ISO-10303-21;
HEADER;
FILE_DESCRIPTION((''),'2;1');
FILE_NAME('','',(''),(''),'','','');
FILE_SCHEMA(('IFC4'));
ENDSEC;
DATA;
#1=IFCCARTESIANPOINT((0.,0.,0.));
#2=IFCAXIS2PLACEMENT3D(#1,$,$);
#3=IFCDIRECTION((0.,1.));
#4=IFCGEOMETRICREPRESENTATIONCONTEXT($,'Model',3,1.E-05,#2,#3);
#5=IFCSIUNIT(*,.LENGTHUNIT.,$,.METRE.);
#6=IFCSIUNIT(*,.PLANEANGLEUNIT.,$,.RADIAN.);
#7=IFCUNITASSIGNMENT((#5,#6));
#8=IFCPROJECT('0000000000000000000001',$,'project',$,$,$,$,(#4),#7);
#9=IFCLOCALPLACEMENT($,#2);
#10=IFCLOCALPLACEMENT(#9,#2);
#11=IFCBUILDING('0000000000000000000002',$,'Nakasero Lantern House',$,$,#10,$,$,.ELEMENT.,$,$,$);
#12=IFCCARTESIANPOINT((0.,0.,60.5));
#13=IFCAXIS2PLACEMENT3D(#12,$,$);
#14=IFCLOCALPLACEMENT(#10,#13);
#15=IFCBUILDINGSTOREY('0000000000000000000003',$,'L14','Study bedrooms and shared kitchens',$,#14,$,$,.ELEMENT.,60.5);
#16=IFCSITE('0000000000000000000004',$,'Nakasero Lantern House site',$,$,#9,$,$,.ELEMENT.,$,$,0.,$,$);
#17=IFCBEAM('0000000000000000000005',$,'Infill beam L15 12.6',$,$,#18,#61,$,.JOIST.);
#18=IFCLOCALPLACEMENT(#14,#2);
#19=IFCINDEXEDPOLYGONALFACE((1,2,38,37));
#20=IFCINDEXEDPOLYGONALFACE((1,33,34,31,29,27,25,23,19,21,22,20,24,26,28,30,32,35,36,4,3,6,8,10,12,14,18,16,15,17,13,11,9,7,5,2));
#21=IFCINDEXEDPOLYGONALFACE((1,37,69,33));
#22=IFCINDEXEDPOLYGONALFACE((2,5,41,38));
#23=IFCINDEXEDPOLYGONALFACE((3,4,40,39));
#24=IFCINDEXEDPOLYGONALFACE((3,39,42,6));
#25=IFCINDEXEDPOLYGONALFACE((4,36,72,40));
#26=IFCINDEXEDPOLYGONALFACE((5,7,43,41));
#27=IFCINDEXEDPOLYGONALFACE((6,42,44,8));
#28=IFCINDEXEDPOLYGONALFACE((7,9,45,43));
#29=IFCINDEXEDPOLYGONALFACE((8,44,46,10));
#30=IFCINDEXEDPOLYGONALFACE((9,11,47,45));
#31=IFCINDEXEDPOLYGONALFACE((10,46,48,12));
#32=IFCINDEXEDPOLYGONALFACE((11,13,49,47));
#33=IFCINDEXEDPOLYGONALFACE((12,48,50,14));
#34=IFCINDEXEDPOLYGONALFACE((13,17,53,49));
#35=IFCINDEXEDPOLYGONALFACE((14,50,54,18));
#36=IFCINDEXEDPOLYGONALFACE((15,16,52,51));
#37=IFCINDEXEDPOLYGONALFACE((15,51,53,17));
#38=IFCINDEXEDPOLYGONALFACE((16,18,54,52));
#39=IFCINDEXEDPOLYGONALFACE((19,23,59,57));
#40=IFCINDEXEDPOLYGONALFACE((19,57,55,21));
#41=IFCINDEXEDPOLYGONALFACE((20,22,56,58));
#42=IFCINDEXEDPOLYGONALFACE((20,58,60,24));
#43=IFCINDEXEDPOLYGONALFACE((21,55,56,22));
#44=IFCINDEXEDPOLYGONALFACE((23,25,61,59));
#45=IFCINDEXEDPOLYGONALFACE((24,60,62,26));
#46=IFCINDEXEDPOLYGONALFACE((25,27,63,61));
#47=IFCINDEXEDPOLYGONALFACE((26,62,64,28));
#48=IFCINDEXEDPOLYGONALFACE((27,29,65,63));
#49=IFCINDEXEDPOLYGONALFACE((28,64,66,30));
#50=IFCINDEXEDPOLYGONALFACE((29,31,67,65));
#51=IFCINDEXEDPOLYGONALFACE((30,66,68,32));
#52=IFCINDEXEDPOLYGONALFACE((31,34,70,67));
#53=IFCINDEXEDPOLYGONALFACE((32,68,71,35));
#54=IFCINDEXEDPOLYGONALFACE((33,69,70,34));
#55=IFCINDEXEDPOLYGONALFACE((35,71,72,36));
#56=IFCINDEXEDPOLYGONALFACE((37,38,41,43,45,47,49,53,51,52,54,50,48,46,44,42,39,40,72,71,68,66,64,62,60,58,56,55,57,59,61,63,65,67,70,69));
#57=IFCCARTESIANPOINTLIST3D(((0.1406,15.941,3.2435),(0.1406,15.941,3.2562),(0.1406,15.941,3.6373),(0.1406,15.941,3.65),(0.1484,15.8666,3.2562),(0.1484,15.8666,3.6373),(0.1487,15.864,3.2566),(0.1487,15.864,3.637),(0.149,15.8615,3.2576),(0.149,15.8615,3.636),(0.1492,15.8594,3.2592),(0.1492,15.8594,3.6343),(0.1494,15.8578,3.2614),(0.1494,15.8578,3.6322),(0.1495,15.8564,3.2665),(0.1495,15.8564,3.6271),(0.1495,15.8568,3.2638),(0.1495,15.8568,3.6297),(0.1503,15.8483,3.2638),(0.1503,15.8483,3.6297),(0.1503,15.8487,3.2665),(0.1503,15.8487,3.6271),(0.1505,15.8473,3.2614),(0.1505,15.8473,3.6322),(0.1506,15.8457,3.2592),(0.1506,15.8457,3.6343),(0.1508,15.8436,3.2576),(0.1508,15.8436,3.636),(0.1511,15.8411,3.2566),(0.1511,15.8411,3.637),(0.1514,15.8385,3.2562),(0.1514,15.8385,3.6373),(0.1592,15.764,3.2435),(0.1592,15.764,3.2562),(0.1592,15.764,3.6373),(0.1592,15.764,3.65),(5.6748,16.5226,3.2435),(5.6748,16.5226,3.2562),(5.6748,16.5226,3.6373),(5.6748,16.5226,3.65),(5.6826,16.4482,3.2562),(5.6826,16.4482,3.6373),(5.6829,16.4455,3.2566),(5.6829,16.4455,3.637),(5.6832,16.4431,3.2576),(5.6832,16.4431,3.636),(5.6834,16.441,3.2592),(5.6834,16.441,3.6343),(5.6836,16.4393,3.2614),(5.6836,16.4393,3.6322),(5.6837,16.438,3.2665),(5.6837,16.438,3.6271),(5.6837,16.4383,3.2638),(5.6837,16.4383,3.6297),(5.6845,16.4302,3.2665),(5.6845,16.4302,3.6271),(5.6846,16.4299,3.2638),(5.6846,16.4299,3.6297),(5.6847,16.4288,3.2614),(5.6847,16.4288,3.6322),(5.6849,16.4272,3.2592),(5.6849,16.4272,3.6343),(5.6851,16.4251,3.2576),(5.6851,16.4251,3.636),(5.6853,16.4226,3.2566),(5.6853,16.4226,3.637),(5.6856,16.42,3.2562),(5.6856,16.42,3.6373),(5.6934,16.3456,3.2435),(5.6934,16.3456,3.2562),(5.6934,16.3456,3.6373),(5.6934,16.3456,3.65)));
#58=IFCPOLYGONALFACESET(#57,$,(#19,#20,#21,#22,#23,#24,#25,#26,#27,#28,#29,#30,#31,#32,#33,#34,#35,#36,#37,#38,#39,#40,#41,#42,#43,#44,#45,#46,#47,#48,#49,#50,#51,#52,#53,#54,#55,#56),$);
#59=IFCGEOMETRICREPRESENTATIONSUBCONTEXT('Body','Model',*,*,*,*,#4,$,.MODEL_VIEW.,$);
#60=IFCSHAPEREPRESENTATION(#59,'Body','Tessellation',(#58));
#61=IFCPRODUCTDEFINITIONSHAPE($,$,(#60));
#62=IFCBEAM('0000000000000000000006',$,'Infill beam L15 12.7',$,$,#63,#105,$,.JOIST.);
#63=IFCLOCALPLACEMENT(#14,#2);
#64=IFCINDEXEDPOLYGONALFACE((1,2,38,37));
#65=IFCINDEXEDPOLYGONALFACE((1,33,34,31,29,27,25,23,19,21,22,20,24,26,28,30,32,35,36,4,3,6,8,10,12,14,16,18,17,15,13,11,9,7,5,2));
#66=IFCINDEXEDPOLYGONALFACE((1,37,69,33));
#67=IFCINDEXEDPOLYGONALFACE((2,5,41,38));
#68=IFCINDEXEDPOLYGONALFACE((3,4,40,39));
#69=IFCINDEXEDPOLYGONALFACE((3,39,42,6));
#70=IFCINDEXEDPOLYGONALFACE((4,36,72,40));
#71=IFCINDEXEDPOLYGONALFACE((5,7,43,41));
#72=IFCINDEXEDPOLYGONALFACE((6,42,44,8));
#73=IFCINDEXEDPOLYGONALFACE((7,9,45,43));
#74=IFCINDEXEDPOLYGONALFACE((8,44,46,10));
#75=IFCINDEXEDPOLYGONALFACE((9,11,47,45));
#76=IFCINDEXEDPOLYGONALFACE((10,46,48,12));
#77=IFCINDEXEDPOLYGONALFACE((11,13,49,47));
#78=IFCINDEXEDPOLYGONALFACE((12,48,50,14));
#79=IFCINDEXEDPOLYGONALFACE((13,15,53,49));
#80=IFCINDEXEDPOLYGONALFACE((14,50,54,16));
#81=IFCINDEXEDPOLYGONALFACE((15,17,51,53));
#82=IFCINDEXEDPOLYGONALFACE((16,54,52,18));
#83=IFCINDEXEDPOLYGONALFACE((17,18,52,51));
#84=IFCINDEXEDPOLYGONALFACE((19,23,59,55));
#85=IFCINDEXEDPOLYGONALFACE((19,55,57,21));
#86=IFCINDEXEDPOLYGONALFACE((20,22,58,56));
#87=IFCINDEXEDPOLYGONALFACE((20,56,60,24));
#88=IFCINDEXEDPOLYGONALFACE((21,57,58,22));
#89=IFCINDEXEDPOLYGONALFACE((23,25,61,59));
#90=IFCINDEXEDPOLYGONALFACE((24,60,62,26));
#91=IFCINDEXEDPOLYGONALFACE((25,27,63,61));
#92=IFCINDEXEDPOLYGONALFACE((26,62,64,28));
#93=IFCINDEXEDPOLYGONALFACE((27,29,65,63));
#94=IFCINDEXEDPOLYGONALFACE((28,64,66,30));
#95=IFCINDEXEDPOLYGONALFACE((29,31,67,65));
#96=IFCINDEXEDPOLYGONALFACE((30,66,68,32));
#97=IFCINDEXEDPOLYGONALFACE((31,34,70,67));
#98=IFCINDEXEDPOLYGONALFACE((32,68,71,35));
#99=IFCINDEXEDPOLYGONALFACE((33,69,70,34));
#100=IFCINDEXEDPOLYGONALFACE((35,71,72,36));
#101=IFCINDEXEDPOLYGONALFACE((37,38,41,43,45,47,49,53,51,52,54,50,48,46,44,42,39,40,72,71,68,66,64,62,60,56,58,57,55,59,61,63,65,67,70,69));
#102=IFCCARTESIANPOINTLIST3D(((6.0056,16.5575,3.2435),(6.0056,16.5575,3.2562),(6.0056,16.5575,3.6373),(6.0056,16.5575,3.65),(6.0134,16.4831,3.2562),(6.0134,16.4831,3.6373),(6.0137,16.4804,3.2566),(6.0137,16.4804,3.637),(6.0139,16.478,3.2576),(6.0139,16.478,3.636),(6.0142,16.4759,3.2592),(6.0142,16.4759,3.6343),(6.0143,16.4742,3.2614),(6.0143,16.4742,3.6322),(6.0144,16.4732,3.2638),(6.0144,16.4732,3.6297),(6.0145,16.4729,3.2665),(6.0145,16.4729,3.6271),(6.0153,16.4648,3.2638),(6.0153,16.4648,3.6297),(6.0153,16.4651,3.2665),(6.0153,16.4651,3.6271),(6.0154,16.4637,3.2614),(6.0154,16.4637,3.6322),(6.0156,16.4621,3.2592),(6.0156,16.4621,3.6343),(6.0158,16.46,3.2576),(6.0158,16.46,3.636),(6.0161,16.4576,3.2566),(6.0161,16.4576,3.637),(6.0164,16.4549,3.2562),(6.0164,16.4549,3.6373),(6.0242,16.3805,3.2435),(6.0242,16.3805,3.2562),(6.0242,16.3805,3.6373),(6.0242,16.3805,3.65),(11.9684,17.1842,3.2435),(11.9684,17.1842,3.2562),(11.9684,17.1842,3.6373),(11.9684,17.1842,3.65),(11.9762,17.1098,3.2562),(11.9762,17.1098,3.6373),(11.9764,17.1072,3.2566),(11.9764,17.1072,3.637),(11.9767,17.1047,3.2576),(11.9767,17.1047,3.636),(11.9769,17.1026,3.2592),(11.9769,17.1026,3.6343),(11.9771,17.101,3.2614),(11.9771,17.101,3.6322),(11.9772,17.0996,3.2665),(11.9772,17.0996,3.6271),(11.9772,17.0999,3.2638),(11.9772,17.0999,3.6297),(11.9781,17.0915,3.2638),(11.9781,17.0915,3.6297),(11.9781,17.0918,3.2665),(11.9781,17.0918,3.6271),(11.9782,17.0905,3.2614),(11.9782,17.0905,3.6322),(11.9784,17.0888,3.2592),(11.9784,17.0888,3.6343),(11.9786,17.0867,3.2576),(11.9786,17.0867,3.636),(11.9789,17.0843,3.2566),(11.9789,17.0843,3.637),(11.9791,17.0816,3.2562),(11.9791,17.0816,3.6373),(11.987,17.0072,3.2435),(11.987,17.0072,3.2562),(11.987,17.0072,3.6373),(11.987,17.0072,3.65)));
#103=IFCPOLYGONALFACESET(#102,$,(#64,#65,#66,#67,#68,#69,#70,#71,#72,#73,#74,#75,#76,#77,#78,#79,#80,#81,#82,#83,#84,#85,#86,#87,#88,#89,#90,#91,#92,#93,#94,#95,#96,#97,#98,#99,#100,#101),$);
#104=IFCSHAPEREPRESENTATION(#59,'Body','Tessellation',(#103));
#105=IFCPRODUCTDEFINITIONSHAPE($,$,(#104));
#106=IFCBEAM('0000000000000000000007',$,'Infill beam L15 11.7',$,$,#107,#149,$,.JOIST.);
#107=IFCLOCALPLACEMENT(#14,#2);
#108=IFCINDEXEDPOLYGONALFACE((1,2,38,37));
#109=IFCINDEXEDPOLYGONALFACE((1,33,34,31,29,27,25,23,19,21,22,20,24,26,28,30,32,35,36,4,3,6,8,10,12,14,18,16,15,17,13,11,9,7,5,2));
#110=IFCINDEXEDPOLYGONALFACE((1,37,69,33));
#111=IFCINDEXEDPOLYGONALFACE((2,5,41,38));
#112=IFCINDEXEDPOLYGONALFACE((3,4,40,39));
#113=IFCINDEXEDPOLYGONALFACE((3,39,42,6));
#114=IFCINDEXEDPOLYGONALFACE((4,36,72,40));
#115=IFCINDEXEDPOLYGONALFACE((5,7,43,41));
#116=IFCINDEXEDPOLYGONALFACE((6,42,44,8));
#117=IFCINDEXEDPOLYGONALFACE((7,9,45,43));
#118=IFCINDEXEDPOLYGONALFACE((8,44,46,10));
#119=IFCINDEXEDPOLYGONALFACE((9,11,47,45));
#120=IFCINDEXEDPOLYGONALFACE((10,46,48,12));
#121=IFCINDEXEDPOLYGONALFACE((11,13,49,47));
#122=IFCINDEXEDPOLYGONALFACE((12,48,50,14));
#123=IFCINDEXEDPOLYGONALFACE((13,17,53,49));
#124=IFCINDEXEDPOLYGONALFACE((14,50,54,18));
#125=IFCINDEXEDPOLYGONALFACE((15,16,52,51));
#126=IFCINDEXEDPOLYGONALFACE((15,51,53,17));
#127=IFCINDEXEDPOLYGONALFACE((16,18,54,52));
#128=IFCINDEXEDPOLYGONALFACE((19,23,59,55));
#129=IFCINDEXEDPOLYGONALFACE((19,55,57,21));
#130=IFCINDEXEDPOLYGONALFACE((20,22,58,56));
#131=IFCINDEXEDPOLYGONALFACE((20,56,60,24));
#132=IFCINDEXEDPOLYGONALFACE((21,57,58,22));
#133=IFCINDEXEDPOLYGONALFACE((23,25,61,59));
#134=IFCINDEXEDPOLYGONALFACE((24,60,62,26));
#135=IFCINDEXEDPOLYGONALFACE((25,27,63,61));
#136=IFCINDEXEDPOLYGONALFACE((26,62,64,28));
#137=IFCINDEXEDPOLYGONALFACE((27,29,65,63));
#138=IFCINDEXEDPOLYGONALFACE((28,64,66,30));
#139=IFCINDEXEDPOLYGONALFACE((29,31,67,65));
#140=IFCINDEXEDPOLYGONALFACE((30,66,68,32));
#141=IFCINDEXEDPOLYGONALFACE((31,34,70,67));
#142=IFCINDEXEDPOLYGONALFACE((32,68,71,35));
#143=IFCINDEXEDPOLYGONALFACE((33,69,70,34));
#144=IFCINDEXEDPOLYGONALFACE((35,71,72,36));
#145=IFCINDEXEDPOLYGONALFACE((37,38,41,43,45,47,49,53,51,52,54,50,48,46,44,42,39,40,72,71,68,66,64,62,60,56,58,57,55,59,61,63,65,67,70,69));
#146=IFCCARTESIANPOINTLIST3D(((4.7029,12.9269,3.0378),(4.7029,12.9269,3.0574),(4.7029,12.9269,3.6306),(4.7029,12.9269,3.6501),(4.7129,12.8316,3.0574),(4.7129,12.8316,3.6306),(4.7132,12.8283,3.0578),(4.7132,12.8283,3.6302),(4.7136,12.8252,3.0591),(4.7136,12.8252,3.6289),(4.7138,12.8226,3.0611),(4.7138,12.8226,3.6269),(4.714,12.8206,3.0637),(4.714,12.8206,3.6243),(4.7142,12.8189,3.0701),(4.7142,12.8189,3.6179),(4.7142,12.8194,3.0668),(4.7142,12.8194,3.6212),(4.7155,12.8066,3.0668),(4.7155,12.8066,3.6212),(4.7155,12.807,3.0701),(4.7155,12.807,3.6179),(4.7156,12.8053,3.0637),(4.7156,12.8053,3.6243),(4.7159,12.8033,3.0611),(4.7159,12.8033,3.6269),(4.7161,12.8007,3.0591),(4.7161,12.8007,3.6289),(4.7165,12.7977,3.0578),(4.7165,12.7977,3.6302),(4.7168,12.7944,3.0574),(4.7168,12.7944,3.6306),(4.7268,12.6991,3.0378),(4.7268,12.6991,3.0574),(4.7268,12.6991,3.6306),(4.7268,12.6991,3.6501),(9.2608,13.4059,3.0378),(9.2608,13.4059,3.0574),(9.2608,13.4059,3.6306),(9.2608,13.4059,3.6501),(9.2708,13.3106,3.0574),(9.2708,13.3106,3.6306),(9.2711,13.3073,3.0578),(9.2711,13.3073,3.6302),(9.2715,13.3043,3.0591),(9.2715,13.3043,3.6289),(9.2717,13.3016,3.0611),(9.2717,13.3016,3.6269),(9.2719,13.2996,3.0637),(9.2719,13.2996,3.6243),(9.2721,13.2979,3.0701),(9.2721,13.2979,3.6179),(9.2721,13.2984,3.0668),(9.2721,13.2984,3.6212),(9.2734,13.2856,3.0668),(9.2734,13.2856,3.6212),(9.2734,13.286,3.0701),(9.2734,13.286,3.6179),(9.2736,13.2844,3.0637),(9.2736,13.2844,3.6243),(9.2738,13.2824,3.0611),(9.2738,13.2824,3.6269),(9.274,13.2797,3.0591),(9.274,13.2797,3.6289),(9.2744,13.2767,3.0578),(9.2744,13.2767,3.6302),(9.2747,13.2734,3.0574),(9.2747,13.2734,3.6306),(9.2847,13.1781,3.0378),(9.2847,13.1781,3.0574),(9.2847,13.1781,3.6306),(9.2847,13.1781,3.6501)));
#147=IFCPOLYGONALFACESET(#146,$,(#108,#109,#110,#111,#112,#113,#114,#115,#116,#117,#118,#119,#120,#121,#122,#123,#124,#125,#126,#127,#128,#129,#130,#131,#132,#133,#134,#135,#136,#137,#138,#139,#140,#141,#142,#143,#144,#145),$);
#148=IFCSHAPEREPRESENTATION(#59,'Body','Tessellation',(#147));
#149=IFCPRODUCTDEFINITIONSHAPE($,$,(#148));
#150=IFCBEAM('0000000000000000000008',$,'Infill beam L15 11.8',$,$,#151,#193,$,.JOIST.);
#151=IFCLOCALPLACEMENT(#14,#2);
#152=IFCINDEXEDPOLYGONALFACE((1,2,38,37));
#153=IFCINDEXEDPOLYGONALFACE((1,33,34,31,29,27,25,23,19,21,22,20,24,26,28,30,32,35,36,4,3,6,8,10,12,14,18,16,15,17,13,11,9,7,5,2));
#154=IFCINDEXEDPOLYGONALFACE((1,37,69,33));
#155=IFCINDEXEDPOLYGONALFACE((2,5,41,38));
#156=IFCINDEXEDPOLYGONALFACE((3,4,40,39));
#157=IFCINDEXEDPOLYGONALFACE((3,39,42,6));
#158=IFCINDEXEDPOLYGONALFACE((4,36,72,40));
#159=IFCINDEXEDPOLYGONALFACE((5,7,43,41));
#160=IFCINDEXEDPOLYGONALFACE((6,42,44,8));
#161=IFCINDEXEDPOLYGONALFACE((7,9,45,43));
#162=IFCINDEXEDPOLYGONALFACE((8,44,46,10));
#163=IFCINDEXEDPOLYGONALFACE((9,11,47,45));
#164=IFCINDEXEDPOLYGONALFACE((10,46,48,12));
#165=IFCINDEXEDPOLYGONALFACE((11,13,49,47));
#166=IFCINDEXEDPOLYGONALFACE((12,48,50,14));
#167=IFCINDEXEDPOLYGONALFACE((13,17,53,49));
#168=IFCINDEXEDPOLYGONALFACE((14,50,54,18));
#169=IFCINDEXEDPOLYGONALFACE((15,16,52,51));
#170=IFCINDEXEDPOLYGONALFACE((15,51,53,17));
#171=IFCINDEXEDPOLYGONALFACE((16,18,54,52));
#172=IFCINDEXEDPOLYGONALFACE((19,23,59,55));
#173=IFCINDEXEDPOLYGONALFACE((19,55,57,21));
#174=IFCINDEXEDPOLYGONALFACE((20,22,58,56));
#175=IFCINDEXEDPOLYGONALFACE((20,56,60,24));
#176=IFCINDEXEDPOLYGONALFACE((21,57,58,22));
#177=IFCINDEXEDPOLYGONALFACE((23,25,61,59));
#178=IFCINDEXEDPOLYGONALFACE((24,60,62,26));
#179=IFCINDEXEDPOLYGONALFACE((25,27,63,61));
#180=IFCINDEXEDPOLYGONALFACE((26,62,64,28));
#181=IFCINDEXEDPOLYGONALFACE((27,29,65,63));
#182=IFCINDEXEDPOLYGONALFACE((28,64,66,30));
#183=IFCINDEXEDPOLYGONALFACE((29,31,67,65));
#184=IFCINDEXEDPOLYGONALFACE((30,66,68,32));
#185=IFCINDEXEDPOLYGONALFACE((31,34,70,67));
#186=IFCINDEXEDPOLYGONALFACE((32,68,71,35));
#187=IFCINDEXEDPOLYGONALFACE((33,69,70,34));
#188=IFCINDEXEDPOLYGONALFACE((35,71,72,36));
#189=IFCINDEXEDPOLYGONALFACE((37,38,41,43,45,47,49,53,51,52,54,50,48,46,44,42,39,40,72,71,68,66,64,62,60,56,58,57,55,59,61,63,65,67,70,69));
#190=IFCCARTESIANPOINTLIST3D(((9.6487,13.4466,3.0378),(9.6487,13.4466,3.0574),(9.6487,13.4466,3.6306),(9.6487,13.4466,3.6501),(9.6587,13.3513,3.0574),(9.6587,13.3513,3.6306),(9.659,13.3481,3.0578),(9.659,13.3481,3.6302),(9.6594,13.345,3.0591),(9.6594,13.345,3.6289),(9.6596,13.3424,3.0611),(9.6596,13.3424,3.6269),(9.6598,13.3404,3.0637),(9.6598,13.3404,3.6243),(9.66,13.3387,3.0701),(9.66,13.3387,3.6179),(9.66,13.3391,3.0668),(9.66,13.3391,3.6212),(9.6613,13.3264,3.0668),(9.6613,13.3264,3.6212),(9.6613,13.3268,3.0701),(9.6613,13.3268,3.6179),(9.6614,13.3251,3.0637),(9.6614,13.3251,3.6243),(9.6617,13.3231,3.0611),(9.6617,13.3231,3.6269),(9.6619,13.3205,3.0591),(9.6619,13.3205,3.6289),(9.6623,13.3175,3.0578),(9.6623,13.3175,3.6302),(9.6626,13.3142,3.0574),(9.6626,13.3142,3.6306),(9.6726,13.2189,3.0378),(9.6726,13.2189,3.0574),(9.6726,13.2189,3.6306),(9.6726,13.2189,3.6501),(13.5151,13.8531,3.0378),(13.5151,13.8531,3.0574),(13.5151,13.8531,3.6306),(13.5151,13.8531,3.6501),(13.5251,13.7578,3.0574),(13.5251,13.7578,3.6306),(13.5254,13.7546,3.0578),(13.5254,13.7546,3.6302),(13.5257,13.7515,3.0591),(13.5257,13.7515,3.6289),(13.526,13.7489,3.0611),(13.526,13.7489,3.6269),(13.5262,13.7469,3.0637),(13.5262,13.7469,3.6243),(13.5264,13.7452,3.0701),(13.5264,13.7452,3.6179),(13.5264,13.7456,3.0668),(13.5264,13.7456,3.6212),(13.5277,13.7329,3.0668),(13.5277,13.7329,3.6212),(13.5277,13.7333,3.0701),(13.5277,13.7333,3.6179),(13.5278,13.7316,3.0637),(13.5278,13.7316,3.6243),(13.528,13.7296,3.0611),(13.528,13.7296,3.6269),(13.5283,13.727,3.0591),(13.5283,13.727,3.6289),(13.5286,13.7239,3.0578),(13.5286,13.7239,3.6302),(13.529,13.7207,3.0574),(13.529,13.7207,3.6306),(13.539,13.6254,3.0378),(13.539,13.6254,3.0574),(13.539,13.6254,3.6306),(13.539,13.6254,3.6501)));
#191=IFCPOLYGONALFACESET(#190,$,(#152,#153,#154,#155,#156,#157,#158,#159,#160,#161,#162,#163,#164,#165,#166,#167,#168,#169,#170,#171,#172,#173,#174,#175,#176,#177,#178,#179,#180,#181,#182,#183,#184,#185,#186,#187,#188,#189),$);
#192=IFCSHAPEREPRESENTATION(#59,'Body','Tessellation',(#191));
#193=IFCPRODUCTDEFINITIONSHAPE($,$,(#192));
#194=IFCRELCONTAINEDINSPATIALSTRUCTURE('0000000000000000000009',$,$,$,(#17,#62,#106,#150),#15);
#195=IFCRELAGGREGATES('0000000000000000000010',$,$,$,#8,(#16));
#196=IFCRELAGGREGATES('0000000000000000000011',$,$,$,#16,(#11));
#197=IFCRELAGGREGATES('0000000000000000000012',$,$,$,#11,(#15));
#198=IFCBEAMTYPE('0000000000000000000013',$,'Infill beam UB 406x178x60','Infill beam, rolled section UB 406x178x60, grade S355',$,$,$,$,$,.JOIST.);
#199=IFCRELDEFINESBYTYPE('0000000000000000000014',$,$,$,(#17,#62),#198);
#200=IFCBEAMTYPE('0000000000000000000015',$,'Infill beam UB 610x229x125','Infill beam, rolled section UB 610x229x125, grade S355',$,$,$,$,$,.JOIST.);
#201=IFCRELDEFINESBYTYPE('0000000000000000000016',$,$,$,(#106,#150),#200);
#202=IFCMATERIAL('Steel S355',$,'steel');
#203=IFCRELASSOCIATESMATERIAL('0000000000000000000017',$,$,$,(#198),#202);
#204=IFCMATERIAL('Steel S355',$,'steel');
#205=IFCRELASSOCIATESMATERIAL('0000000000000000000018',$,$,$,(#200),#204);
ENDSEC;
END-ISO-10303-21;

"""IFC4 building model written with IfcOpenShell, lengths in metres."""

from ifc_helpers import new_model, si_unit, direction, frame, origin, origin_2d, place, context, subcontext, project, spatial, i_section, extrude, material, material_profile, profile_set, type_object, element, save


model = new_model("IFC4")

# Units and contexts
model_context = context("Model", 3, precision=1e-05, world=origin(), true_north=direction((0.0, 1.0)))
body_context = subcontext(model_context, "Body", "Model", "MODEL_VIEW")
ifc_project = project(units=[si_unit("LENGTHUNIT", "METRE"), si_unit("PLANEANGLEUNIT", "RADIAN")], contexts=[model_context])

# Site, building, storey
site_placement = place(None, origin())
site = spatial("IfcSite", under=ifc_project, at=site_placement, Name="Nakasero Lantern House site", CompositionType="ELEMENT", RefElevation=0.0)
building_placement = place(site_placement, origin())
building = spatial("IfcBuilding", under=site, at=building_placement, Name="Nakasero Lantern House", CompositionType="ELEMENT")
storey_placement = place(building_placement, frame((0.0, 0.0, 60.5)))
storey = spatial("IfcBuildingStorey", under=building, at=storey_placement, Name="L14", Description="Study bedrooms and shared kitchens", CompositionType="ELEMENT", Elevation=60.5)

# Beams
ifc_material_1 = material(Name="Steel S355", Category="steel")
ifc_material_profile_1 = material_profile(ifc_material_1, i_section(OverallWidth=0.178, OverallDepth=0.4065, WebThickness=0.0078, FlangeThickness=0.0127, FilletRadius=0.0103, at=origin_2d()), Name="UB 406x178x60")
ifc_profile_set_1 = profile_set([ifc_material_profile_1], Name="Steel S355")
beam_type_1 = type_object("IfcBeamType", Name="Infill beam UB 406x178x60", Description="Infill beam, rolled section UB 406x178x60, grade S355", PredefinedType="JOIST", material=ifc_profile_set_1)
beam_1_placement = place(storey_placement, frame((0.1499, 15.8525, 3.4468), z_axis=(0.994524, 0.104507, 0.0), x_axis=(-0.104507, 0.994524, 0.0)))
element("IfcBeam", 1, at=beam_1_placement, inside=storey, type_object=beam_type_1, Name="Infill beam L15 12.6", PredefinedType="JOIST", context=body_context, shape_type="SweptSolid", body=[
    extrude(i_section(OverallWidth=0.178, OverallDepth=0.4065, WebThickness=0.0078, FlangeThickness=0.0127, FilletRadius=0.0103, at=origin_2d()), origin(), (0.0, 0.0, 1.0), 5.5647),
])
beam_2_placement = place(storey_placement, frame((6.0149, 16.469, 3.4468), z_axis=(0.994522, 0.10453, 0.0), x_axis=(-0.10453, 0.994522, 0.0)))
element("IfcBeam", 2, at=beam_2_placement, inside=storey, type_object=beam_type_1, Name="Infill beam L15 12.7", PredefinedType="JOIST", context=body_context, shape_type="SweptSolid", body=[
    extrude(i_section(OverallWidth=0.178, OverallDepth=0.4065, WebThickness=0.0078, FlangeThickness=0.0127, FilletRadius=0.0103, at=origin_2d()), origin(), (0.0, 0.0, 1.0), 5.9956),
])
ifc_material_2 = material(Name="Steel S355", Category="steel")
ifc_material_profile_2 = material_profile(ifc_material_2, i_section(OverallWidth=0.229, OverallDepth=0.6123, WebThickness=0.012, FlangeThickness=0.0195, FilletRadius=0.0127, at=origin_2d()), Name="UB 610x229x125")
ifc_profile_set_2 = profile_set([ifc_material_profile_2], Name="Steel S355")
beam_type_2 = type_object("IfcBeamType", Name="Infill beam UB 610x229x125", Description="Infill beam, rolled section UB 610x229x125, grade S355", PredefinedType="JOIST", material=ifc_profile_set_2)
beam_3_placement = place(storey_placement, frame((4.7148, 12.813, 3.344), z_axis=(0.994523, 0.104518, 0.0), x_axis=(-0.104518, 0.994523, 0.0)))
element("IfcBeam", 3, at=beam_3_placement, inside=storey, type_object=beam_type_2, Name="Infill beam L15 11.7", PredefinedType="JOIST", context=body_context, shape_type="SweptSolid", body=[
    extrude(i_section(OverallWidth=0.229, OverallDepth=0.6123, WebThickness=0.012, FlangeThickness=0.0195, FilletRadius=0.0127, at=origin_2d()), origin(), (0.0, 0.0, 1.0), 4.583),
])
beam_4_placement = place(storey_placement, frame((9.6606, 13.3328, 3.344), z_axis=(0.994519, 0.104557, 0.0), x_axis=(-0.104557, 0.994519, 0.0)))
element("IfcBeam", 4, at=beam_4_placement, inside=storey, type_object=beam_type_2, Name="Infill beam L15 11.8", PredefinedType="JOIST", context=body_context, shape_type="SweptSolid", body=[
    extrude(i_section(OverallWidth=0.229, OverallDepth=0.6123, WebThickness=0.012, FlangeThickness=0.0195, FilletRadius=0.0127, at=origin_2d()), origin(), (0.0, 0.0, 1.0), 3.8877),
])

save(model, "model.ifc")
